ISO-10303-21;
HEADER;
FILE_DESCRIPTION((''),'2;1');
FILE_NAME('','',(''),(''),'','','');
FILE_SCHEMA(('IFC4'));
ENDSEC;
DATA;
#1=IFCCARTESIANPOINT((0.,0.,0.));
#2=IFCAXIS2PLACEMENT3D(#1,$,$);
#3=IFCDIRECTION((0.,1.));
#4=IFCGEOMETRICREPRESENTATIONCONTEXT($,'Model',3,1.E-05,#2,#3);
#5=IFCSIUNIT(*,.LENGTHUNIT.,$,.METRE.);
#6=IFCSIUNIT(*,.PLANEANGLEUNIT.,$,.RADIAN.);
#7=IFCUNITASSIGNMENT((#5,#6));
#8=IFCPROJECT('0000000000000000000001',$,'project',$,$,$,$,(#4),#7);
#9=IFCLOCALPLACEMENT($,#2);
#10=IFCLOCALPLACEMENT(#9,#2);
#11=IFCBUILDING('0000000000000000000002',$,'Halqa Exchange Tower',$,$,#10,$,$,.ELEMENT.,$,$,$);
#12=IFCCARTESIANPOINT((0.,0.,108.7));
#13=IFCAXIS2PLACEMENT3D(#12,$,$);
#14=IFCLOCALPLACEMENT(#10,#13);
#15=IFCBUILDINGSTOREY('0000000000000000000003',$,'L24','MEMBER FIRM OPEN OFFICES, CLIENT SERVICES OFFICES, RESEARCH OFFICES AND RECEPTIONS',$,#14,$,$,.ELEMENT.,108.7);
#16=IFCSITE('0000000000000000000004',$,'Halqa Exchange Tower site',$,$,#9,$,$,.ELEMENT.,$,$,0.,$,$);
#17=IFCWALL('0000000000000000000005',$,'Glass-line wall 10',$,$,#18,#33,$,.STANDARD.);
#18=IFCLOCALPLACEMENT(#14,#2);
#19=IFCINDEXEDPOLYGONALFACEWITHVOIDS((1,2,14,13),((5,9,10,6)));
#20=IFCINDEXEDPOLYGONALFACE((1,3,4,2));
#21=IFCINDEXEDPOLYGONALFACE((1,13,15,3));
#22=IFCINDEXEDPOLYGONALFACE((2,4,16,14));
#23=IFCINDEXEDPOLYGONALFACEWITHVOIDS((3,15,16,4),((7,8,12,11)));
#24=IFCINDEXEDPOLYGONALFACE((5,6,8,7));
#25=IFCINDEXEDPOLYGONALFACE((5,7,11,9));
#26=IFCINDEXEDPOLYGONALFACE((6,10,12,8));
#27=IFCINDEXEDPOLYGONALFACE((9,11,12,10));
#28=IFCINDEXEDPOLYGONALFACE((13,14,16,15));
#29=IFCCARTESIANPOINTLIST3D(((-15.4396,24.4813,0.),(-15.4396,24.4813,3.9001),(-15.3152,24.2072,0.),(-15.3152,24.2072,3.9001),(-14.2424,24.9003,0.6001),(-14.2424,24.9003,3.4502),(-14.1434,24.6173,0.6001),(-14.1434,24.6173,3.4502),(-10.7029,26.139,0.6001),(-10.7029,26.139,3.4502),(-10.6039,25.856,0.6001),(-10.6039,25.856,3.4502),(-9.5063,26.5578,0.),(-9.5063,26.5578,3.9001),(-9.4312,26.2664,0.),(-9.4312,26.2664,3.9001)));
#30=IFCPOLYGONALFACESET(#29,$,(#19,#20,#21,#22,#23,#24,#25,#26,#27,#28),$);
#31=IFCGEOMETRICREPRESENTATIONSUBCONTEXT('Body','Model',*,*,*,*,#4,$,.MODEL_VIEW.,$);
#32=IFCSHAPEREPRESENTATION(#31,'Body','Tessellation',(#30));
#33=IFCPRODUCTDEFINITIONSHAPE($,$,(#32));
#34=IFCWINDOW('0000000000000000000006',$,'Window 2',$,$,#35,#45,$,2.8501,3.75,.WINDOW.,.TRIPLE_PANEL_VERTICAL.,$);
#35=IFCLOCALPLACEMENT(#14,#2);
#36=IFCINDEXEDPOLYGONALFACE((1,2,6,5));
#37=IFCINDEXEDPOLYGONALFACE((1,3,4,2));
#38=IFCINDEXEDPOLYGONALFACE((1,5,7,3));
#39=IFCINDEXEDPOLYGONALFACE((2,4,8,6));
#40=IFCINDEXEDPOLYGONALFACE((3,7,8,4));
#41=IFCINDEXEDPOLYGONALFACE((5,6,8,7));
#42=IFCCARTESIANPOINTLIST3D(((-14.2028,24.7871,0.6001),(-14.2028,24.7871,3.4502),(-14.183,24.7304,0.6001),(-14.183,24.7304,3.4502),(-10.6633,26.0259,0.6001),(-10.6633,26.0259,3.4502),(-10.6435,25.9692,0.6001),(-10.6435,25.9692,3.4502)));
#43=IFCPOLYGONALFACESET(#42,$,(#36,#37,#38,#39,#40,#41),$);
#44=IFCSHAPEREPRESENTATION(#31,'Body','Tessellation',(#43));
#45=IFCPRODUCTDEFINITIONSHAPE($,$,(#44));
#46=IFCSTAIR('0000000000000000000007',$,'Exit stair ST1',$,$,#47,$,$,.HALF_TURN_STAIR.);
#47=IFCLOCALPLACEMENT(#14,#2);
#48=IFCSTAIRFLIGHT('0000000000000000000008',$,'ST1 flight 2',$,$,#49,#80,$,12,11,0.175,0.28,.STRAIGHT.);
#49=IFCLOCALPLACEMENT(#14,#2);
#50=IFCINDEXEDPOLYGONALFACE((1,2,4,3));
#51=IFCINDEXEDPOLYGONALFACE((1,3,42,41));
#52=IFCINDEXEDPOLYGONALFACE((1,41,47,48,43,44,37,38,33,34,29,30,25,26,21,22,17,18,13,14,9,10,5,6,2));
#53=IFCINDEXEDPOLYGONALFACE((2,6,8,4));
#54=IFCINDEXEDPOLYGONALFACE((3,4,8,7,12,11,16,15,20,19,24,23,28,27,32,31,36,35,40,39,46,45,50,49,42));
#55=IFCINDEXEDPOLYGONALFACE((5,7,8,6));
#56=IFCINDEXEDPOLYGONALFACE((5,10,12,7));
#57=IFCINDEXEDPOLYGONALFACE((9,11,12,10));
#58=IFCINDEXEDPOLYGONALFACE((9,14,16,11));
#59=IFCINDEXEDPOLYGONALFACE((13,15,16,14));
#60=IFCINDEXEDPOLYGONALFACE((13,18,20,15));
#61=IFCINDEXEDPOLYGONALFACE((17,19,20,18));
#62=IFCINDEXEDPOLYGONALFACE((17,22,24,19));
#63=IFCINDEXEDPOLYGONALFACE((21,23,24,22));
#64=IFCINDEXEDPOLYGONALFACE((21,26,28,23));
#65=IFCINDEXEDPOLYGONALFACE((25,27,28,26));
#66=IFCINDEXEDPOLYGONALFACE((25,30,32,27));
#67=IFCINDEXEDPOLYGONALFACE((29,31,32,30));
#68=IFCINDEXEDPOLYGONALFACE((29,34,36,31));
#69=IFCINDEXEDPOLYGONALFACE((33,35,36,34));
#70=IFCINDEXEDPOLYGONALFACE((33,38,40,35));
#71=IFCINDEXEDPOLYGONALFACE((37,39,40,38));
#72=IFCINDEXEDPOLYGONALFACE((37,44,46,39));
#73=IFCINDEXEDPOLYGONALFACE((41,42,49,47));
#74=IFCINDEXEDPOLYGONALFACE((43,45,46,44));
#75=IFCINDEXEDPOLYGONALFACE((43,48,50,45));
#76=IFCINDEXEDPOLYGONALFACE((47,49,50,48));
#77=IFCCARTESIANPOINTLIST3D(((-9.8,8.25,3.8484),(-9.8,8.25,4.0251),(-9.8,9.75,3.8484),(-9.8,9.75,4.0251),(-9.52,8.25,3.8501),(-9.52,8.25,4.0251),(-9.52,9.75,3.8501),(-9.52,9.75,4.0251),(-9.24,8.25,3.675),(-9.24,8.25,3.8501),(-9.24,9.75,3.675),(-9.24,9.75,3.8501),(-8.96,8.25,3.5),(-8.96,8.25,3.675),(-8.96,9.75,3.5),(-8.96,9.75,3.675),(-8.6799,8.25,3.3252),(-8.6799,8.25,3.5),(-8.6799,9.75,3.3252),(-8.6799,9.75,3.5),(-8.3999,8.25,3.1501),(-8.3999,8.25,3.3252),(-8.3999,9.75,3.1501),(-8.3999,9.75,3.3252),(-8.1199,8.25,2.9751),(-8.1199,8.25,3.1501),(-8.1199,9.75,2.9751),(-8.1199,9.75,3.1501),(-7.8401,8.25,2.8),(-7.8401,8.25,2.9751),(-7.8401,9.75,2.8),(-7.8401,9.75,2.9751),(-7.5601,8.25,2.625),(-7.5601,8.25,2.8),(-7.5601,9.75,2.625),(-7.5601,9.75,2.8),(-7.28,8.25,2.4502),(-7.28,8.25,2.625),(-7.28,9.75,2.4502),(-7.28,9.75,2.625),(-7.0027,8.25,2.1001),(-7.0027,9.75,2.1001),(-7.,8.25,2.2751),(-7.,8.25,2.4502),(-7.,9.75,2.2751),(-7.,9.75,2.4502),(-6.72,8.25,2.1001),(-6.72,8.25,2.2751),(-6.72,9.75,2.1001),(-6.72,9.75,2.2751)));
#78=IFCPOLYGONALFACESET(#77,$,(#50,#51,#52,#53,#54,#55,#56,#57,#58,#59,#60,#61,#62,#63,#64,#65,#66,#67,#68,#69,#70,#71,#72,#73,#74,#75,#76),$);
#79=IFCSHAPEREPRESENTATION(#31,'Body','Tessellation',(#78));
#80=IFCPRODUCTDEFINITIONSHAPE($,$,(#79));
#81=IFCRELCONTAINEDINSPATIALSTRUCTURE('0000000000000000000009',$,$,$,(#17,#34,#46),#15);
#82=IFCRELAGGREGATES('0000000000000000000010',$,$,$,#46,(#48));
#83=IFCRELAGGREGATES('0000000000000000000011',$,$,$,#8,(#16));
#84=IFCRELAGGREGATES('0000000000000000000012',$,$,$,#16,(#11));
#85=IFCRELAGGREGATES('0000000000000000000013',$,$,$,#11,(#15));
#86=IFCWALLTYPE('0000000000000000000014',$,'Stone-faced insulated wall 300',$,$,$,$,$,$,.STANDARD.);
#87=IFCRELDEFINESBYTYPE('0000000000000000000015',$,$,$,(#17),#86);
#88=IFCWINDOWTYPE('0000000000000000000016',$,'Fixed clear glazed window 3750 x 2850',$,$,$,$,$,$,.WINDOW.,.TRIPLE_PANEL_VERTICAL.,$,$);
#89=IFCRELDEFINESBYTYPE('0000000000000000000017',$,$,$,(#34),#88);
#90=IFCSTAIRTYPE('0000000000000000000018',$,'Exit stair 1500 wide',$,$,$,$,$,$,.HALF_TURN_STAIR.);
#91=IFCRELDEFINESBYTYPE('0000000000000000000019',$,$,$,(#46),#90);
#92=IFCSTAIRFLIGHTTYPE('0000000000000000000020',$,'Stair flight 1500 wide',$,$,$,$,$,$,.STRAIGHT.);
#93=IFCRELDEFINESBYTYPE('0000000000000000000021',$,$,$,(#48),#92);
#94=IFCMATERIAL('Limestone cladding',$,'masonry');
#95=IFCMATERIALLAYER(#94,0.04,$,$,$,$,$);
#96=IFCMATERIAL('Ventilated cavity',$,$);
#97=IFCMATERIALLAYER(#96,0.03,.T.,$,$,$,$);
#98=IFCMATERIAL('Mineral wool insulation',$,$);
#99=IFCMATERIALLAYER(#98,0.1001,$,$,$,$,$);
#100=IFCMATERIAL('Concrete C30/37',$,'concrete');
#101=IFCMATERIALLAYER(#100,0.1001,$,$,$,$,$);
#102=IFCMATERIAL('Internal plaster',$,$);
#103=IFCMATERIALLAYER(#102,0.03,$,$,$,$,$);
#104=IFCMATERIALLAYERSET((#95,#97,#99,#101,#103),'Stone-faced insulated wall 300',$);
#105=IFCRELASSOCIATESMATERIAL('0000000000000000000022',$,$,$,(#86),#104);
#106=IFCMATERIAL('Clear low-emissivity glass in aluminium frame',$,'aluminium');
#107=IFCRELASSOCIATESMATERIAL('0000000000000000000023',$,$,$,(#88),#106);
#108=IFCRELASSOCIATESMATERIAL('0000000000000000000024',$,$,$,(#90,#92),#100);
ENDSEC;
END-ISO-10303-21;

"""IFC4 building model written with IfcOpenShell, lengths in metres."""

from ifc_helpers import new_model, si_unit, direction, frame, frame_2d, origin, place, context, subcontext, project, spatial, polyline, rectangle, outline, extrude, material, layer, layer_set, type_object, element, fill, aggregate, save


model = new_model("IFC4")

# Units and contexts
model_context = context("Model", 3, precision=1e-05, world=origin(), true_north=direction((0.0, 1.0)))
body_context = subcontext(model_context, "Body", "Model", "MODEL_VIEW")
ifc_project = project(units=[si_unit("LENGTHUNIT", "METRE"), si_unit("PLANEANGLEUNIT", "RADIAN")], contexts=[model_context])

# Site, building, storey
site_placement = place(None, origin())
site = spatial("IfcSite", under=ifc_project, at=site_placement, Name="Halqa Exchange Tower site", CompositionType="ELEMENT", RefElevation=0.0)
building_placement = place(site_placement, origin())
building = spatial("IfcBuilding", under=site, at=building_placement, Name="Halqa Exchange Tower", CompositionType="ELEMENT")
storey_placement = place(building_placement, frame((0.0, 0.0, 108.7)))
storey = spatial("IfcBuildingStorey", under=building, at=storey_placement, Name="L24", Description="MEMBER FIRM OPEN OFFICES, CLIENT SERVICES OFFICES, RESEARCH OFFICES AND RECEPTIONS", CompositionType="ELEMENT", Elevation=108.7)

# Shared definitions
ifc_material_1 = material(Name="Concrete C30/37", Category="concrete")

# Wall, opening, window
ifc_material_2 = material(Name="Limestone cladding", Category="masonry")
ifc_layer_1 = layer(ifc_material_2, 0.04)
ifc_material_3 = material(Name="Ventilated cavity")
ifc_layer_2 = layer(ifc_material_3, 0.03, ventilated=True)
ifc_material_4 = material(Name="Mineral wool insulation")
ifc_layer_3 = layer(ifc_material_4, 0.1001)
ifc_layer_4 = layer(ifc_material_1, 0.1001)
ifc_material_5 = material(Name="Internal plaster")
ifc_layer_5 = layer(ifc_material_5, 0.03)
ifc_layer_set_1 = layer_set([ifc_layer_1, ifc_layer_2, ifc_layer_3, ifc_layer_4, ifc_layer_5], Name="Stone-faced insulated wall 300")
wall_type_1 = type_object("IfcWallType", Name="Stone-faced insulated wall 300", PredefinedType="STANDARD", material=ifc_layer_set_1)
ifc_material_6 = material(Name="Clear low-emissivity glass in aluminium frame", Category="aluminium")
window_type = type_object("IfcWindowType", Name="Fixed clear glazed window 3750 x 2850", PartitioningType="TRIPLE_PANEL_VERTICAL", PredefinedType="WINDOW", material=ifc_material_6)
wall_1_placement = place(storey_placement, frame((-9.4688, 26.4121, 0.0), z_axis=(0.0, 0.0, 1.0), x_axis=(-0.943867, -0.330326, 0.0)))
wall_1 = element("IfcWall", 1, at=wall_1_placement, inside=storey, type_object=wall_type_1, Name="Glass-line wall 10", PredefinedType="STANDARD", context=body_context, shape_type="SweptSolid", body=[
    extrude(outline(polyline([(-0.0127, -0.1499), (6.2734, -0.1499), (6.2466, 0.1499), (0.0127, 0.1499), (-0.0127, -0.1499)])), origin(), (0.0, 0.0, 1.0), 3.9001),
])
opening_1_placement = place(wall_1_placement, frame((1.2551, 0.0, 0.6001)))
opening_1 = element("IfcOpeningElement", 2, at=opening_1_placement, cuts=wall_1, PredefinedType="OPENING", context=body_context, shape_type="SweptSolid", body=[
    extrude(rectangle(XDim=3.75, YDim=2.8501, at=frame_2d((1.875, 1.425))), frame((0.0, 0.1621, 0.0), z_axis=(0.0, -1.0, 0.0), x_axis=(1.0, 0.0, 0.0)), (0.0, 0.0, 1.0), 0.324),
])
window_1_placement = place(opening_1_placement, origin())
window_1 = element("IfcWindow", 3, at=window_1_placement, inside=storey, type_object=window_type, Name="Window 2", OverallHeight=2.8501, OverallWidth=3.75, PartitioningType="TRIPLE_PANEL_VERTICAL", PredefinedType="WINDOW", context=body_context, shape_type="SweptSolid", body=[
    extrude(rectangle(XDim=3.75, YDim=2.8501, at=frame_2d((1.875, 1.425))), frame((0.0, 0.03, 0.0), z_axis=(0.0, -1.0, 0.0), x_axis=(1.0, 0.0, 0.0)), (0.0, 0.0, 1.0), 0.0601),
])
fill(opening_1, window_1)

# Stair, stair flight
stair_type = type_object("IfcStairType", Name="Exit stair 1500 wide", PredefinedType="HALF_TURN_STAIR", material=ifc_material_1)
stair_placement = place(storey_placement, origin())
stair = element("IfcStair", 4, at=stair_placement, inside=storey, type_object=stair_type, Name="Exit stair ST1", PredefinedType="HALF_TURN_STAIR")
stair_flight_type = type_object("IfcStairFlightType", Name="Stair flight 1500 wide", PredefinedType="STRAIGHT", material=ifc_material_1)
stair_flight_placement = place(storey_placement, frame((-6.72, 9.0, 2.1001), z_axis=(0.0, 0.0, 1.0), x_axis=(-1.0, 0.0, 0.0)))
stair_flight = element("IfcStairFlight", 5, at=stair_flight_placement, type_object=stair_flight_type, Name="ST1 flight 2", NumberOfRisers=12, NumberOfTreads=11, PredefinedType="STRAIGHT", RiserHeight=0.175, TreadLength=0.28, context=body_context, shape_type="SweptSolid", body=[
    extrude(outline(polyline([(0.0, 0.0), (0.0, 0.175), (0.28, 0.175), (0.28, 0.3501), (0.5601, 0.3501), (0.5601, 0.5249), (0.8401, 0.5249), (0.8401, 0.7), (1.1201, 0.7), (1.1201, 0.875), (1.3999, 0.875), (1.3999, 1.05), (1.6799, 1.05), (1.6799, 1.2251), (1.96, 1.2251), (1.96, 1.3999), (2.24, 1.3999), (2.24, 1.575), (2.52, 1.575), (2.52, 1.75), (2.8, 1.75), (2.8, 1.925), (3.0801, 1.925), (3.0801, 2.1001), (3.0801, 1.7483), (0.2827, 0.0), (0.0, 0.0)])), frame((0.0, 0.75, 0.0), z_axis=(0.0, -1.0, 0.0), x_axis=(1.0, 0.0, 0.0)), (0.0, 0.0, 1.0), 1.5),
])
aggregate(stair, [stair_flight])

save(model, "model.ifc")
